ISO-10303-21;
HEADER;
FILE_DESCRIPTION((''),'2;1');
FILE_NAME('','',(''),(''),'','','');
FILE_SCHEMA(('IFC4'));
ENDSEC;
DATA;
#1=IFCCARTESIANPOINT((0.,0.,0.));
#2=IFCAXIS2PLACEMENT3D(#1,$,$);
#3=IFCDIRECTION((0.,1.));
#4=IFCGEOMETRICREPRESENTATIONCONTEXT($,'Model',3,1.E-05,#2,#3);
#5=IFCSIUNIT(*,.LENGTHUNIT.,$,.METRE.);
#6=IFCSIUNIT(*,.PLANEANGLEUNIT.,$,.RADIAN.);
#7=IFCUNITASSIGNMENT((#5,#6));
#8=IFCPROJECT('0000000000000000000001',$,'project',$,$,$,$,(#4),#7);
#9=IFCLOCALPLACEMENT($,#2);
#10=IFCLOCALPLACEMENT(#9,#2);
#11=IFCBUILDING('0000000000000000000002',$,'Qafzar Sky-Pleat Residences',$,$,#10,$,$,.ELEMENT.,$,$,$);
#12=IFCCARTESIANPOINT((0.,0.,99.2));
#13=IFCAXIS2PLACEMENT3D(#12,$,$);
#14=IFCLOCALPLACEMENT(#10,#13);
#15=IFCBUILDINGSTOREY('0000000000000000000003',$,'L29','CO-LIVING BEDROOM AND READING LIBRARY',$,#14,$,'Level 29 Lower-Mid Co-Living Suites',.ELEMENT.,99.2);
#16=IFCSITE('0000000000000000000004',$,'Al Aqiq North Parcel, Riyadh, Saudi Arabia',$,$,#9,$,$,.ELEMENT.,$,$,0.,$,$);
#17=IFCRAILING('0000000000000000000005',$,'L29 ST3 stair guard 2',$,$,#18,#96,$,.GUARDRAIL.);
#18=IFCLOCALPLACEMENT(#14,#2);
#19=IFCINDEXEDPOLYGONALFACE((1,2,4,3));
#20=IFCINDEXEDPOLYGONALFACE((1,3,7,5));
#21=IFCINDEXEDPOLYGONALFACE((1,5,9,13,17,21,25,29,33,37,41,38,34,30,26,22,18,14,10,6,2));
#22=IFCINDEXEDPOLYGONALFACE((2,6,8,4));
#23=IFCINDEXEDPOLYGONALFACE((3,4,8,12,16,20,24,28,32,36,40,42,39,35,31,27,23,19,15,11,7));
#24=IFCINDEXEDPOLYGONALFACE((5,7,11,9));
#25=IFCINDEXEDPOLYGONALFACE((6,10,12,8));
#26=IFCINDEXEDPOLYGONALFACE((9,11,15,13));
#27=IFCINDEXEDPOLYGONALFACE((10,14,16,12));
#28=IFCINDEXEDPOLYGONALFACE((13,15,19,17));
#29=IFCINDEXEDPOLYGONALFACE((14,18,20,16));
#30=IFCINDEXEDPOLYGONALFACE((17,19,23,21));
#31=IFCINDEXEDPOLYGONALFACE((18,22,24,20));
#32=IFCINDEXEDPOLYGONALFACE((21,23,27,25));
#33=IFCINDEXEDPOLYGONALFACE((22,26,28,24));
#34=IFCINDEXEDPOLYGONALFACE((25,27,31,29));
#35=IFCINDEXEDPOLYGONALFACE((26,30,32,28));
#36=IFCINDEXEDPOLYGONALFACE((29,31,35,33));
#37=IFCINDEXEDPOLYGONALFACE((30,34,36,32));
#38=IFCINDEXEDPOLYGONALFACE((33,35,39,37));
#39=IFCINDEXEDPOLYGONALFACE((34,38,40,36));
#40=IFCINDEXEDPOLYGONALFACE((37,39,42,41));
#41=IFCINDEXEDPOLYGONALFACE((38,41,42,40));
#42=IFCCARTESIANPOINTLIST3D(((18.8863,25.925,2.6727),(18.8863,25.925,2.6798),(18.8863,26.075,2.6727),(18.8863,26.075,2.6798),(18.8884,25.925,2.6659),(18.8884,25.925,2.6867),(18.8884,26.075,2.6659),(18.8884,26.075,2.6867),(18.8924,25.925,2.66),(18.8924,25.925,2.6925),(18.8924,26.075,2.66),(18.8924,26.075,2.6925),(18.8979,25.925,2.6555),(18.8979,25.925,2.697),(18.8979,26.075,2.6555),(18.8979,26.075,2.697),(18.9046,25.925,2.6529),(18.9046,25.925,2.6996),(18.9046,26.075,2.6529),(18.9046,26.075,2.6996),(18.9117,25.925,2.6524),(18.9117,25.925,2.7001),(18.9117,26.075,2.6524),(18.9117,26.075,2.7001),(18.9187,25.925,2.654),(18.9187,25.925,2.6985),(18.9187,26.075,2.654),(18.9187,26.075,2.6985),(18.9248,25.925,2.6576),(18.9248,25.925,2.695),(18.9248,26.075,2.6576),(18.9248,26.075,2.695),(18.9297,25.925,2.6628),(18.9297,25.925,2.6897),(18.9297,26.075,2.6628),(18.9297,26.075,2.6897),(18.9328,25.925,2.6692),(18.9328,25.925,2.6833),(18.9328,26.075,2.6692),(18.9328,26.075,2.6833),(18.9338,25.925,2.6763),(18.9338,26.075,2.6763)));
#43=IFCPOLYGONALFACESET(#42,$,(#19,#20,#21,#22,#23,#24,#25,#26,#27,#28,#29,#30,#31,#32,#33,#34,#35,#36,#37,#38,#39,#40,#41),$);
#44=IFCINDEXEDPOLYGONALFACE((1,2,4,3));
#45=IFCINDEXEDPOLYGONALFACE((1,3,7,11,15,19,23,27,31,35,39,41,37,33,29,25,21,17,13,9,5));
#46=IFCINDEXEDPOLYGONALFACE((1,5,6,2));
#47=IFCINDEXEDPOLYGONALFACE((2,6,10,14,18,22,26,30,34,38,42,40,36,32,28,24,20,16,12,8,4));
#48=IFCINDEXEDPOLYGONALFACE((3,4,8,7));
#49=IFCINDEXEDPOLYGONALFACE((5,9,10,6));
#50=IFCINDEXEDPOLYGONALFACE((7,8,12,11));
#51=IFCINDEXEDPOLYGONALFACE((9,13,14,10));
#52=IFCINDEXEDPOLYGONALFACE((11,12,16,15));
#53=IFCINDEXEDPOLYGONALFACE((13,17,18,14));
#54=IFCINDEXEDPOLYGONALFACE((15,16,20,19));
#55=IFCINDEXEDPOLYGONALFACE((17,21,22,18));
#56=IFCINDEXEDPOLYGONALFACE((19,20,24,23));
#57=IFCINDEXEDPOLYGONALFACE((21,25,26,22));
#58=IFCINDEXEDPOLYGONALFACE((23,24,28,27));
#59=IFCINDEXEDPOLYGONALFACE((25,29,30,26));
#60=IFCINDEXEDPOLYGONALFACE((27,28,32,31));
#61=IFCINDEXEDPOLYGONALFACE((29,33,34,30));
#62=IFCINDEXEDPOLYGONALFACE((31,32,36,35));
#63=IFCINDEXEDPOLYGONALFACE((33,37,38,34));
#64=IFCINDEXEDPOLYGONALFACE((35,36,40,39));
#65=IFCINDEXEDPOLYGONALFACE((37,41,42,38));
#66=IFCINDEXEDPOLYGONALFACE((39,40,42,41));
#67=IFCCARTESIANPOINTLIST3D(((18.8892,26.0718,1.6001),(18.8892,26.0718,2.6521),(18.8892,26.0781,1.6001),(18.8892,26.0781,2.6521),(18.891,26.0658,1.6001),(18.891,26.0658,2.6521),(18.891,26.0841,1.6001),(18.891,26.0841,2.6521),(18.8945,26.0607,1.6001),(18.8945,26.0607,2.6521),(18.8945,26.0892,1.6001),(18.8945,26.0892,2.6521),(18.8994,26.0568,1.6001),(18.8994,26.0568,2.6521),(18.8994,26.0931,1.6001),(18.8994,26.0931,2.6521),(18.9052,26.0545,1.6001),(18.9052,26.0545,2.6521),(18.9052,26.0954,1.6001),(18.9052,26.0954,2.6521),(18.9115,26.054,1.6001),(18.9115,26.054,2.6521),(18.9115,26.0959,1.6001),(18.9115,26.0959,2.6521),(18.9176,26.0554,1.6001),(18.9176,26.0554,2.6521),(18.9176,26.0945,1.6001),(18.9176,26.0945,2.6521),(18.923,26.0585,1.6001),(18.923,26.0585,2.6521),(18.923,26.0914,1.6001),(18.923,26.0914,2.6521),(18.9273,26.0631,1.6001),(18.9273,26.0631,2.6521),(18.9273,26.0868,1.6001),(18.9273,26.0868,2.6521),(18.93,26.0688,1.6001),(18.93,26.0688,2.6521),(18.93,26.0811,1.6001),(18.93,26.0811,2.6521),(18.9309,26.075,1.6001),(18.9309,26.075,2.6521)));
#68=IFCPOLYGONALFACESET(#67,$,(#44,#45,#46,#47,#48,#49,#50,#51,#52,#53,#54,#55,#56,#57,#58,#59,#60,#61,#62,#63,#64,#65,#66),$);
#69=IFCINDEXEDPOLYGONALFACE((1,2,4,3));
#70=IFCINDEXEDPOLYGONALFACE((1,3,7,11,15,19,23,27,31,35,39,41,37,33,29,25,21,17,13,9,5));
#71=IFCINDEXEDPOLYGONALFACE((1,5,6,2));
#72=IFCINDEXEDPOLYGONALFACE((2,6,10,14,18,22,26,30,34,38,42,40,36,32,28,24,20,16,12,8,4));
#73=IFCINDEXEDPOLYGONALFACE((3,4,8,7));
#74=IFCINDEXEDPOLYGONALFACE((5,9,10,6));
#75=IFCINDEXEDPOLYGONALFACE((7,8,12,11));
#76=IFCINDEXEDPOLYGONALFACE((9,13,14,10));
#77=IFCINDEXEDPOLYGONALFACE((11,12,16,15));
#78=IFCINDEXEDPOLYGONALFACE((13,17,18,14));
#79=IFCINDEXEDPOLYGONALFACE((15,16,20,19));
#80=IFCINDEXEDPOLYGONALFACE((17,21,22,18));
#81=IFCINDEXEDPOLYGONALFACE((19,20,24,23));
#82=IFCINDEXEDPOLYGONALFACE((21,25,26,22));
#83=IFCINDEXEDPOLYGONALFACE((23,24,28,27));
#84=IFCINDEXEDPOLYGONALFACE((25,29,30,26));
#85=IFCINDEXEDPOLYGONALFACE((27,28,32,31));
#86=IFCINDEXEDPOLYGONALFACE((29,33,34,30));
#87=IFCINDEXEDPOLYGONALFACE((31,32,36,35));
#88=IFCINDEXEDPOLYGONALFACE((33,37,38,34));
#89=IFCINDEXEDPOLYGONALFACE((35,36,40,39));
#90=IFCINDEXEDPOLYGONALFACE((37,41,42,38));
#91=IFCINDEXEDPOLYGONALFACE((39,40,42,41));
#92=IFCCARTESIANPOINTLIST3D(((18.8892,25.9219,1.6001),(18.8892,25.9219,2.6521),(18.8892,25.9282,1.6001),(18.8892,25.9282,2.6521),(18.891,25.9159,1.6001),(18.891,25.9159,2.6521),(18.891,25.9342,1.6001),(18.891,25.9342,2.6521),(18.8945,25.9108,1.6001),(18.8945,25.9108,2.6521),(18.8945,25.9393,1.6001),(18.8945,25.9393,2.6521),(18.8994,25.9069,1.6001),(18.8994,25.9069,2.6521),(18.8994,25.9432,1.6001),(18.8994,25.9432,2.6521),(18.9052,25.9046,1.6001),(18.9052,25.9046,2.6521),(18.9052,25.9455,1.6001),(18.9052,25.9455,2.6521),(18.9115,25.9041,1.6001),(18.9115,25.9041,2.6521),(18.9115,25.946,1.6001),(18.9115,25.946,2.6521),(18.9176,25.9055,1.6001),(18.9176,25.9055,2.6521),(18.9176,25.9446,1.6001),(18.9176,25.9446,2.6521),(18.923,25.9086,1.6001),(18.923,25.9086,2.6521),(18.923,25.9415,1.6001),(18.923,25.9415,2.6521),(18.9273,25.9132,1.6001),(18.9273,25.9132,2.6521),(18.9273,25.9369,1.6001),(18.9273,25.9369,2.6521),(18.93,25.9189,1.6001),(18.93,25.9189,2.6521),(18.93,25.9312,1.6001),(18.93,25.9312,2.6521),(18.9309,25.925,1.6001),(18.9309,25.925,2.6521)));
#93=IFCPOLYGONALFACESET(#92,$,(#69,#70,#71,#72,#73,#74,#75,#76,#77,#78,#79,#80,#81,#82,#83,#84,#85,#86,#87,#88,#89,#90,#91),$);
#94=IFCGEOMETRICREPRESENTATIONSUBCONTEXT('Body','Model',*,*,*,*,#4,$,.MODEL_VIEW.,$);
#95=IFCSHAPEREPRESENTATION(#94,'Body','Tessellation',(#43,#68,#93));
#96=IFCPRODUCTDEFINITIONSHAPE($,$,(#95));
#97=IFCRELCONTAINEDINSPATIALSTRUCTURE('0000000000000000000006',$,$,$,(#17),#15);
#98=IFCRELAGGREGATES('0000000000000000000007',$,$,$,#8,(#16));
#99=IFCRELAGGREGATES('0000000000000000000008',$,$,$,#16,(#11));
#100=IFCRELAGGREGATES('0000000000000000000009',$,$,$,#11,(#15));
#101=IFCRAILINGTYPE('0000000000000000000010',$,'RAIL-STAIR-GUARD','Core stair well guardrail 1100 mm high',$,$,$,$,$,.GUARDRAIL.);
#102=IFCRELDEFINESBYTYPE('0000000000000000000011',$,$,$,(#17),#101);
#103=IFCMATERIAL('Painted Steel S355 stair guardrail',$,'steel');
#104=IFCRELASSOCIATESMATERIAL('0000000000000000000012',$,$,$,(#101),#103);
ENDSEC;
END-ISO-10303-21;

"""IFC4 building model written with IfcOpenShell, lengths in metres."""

from ifc_helpers import new_model, si_unit, direction, frame, origin, origin_2d, place, context, subcontext, project, spatial, circle, extrude, source, transform, mapped, material, type_object, element, save


model = new_model("IFC4")

# Units and contexts
model_context = context("Model", 3, precision=1e-05, world=origin(), true_north=direction((0.0, 1.0)))
body_context = subcontext(model_context, "Body", "Model", "MODEL_VIEW")
ifc_project = project(units=[si_unit("LENGTHUNIT", "METRE"), si_unit("PLANEANGLEUNIT", "RADIAN")], contexts=[model_context])

# Site, building, storey
site_placement = place(None, origin())
site = spatial("IfcSite", under=ifc_project, at=site_placement, Name="Al Aqiq North Parcel, Riyadh, Saudi Arabia", CompositionType="ELEMENT", RefElevation=0.0)
building_placement = place(site_placement, origin())
building = spatial("IfcBuilding", under=site, at=building_placement, Name="Qafzar Sky-Pleat Residences", CompositionType="ELEMENT")
storey_placement = place(building_placement, frame((0.0, 0.0, 99.2)))
storey = spatial("IfcBuildingStorey", under=building, at=storey_placement, Name="L29", Description="CO-LIVING BEDROOM AND READING LIBRARY", LongName="Level 29 Lower-Mid Co-Living Suites", CompositionType="ELEMENT", Elevation=99.2)

# Railing
ifc_material_1 = material(Name="Painted Steel S355 stair guardrail", Category="steel")
railing_type_1 = type_object("IfcRailingType", Name="RAIL-STAIR-GUARD", Description="Core stair well guardrail 1100 mm high", PredefinedType="GUARDRAIL", material=ifc_material_1)
shared_shape_1 = source(origin(), body_context, "Body", "SweptSolid", [
    extrude(circle(Radius=0.0239, at=origin_2d()), frame((0.0, 0.0, 1.0762), z_axis=(0.0, -1.0, 0.0), x_axis=(1.0, 0.0, 0.0)), (0.0, 0.0, 1.0), 0.1499),
    extrude(circle(Radius=0.021, at=origin_2d()), origin(), (0.0, 0.0, 1.0), 1.052),
    extrude(circle(Radius=0.021, at=origin_2d()), frame((0.0, -0.1499, 0.0)), (0.0, 0.0, 1.0), 1.052),
])
railing_1_placement = place(storey_placement, frame((18.9099, 26.075, 1.6001)))
element("IfcRailing", 1, at=railing_1_placement, inside=storey, type_object=railing_type_1, Name="L29 ST3 stair guard 2", PredefinedType="GUARDRAIL", context=body_context, shape_type="MappedRepresentation", body=[
    mapped(shared_shape_1, transform((0.0, 0.0, 0.0), x_axis=(1.0, 0.0, 0.0), y_axis=(0.0, 1.0, 0.0), z_axis=(0.0, 0.0, 1.0), scale=1.0)),
])

save(model, "model.ifc")
